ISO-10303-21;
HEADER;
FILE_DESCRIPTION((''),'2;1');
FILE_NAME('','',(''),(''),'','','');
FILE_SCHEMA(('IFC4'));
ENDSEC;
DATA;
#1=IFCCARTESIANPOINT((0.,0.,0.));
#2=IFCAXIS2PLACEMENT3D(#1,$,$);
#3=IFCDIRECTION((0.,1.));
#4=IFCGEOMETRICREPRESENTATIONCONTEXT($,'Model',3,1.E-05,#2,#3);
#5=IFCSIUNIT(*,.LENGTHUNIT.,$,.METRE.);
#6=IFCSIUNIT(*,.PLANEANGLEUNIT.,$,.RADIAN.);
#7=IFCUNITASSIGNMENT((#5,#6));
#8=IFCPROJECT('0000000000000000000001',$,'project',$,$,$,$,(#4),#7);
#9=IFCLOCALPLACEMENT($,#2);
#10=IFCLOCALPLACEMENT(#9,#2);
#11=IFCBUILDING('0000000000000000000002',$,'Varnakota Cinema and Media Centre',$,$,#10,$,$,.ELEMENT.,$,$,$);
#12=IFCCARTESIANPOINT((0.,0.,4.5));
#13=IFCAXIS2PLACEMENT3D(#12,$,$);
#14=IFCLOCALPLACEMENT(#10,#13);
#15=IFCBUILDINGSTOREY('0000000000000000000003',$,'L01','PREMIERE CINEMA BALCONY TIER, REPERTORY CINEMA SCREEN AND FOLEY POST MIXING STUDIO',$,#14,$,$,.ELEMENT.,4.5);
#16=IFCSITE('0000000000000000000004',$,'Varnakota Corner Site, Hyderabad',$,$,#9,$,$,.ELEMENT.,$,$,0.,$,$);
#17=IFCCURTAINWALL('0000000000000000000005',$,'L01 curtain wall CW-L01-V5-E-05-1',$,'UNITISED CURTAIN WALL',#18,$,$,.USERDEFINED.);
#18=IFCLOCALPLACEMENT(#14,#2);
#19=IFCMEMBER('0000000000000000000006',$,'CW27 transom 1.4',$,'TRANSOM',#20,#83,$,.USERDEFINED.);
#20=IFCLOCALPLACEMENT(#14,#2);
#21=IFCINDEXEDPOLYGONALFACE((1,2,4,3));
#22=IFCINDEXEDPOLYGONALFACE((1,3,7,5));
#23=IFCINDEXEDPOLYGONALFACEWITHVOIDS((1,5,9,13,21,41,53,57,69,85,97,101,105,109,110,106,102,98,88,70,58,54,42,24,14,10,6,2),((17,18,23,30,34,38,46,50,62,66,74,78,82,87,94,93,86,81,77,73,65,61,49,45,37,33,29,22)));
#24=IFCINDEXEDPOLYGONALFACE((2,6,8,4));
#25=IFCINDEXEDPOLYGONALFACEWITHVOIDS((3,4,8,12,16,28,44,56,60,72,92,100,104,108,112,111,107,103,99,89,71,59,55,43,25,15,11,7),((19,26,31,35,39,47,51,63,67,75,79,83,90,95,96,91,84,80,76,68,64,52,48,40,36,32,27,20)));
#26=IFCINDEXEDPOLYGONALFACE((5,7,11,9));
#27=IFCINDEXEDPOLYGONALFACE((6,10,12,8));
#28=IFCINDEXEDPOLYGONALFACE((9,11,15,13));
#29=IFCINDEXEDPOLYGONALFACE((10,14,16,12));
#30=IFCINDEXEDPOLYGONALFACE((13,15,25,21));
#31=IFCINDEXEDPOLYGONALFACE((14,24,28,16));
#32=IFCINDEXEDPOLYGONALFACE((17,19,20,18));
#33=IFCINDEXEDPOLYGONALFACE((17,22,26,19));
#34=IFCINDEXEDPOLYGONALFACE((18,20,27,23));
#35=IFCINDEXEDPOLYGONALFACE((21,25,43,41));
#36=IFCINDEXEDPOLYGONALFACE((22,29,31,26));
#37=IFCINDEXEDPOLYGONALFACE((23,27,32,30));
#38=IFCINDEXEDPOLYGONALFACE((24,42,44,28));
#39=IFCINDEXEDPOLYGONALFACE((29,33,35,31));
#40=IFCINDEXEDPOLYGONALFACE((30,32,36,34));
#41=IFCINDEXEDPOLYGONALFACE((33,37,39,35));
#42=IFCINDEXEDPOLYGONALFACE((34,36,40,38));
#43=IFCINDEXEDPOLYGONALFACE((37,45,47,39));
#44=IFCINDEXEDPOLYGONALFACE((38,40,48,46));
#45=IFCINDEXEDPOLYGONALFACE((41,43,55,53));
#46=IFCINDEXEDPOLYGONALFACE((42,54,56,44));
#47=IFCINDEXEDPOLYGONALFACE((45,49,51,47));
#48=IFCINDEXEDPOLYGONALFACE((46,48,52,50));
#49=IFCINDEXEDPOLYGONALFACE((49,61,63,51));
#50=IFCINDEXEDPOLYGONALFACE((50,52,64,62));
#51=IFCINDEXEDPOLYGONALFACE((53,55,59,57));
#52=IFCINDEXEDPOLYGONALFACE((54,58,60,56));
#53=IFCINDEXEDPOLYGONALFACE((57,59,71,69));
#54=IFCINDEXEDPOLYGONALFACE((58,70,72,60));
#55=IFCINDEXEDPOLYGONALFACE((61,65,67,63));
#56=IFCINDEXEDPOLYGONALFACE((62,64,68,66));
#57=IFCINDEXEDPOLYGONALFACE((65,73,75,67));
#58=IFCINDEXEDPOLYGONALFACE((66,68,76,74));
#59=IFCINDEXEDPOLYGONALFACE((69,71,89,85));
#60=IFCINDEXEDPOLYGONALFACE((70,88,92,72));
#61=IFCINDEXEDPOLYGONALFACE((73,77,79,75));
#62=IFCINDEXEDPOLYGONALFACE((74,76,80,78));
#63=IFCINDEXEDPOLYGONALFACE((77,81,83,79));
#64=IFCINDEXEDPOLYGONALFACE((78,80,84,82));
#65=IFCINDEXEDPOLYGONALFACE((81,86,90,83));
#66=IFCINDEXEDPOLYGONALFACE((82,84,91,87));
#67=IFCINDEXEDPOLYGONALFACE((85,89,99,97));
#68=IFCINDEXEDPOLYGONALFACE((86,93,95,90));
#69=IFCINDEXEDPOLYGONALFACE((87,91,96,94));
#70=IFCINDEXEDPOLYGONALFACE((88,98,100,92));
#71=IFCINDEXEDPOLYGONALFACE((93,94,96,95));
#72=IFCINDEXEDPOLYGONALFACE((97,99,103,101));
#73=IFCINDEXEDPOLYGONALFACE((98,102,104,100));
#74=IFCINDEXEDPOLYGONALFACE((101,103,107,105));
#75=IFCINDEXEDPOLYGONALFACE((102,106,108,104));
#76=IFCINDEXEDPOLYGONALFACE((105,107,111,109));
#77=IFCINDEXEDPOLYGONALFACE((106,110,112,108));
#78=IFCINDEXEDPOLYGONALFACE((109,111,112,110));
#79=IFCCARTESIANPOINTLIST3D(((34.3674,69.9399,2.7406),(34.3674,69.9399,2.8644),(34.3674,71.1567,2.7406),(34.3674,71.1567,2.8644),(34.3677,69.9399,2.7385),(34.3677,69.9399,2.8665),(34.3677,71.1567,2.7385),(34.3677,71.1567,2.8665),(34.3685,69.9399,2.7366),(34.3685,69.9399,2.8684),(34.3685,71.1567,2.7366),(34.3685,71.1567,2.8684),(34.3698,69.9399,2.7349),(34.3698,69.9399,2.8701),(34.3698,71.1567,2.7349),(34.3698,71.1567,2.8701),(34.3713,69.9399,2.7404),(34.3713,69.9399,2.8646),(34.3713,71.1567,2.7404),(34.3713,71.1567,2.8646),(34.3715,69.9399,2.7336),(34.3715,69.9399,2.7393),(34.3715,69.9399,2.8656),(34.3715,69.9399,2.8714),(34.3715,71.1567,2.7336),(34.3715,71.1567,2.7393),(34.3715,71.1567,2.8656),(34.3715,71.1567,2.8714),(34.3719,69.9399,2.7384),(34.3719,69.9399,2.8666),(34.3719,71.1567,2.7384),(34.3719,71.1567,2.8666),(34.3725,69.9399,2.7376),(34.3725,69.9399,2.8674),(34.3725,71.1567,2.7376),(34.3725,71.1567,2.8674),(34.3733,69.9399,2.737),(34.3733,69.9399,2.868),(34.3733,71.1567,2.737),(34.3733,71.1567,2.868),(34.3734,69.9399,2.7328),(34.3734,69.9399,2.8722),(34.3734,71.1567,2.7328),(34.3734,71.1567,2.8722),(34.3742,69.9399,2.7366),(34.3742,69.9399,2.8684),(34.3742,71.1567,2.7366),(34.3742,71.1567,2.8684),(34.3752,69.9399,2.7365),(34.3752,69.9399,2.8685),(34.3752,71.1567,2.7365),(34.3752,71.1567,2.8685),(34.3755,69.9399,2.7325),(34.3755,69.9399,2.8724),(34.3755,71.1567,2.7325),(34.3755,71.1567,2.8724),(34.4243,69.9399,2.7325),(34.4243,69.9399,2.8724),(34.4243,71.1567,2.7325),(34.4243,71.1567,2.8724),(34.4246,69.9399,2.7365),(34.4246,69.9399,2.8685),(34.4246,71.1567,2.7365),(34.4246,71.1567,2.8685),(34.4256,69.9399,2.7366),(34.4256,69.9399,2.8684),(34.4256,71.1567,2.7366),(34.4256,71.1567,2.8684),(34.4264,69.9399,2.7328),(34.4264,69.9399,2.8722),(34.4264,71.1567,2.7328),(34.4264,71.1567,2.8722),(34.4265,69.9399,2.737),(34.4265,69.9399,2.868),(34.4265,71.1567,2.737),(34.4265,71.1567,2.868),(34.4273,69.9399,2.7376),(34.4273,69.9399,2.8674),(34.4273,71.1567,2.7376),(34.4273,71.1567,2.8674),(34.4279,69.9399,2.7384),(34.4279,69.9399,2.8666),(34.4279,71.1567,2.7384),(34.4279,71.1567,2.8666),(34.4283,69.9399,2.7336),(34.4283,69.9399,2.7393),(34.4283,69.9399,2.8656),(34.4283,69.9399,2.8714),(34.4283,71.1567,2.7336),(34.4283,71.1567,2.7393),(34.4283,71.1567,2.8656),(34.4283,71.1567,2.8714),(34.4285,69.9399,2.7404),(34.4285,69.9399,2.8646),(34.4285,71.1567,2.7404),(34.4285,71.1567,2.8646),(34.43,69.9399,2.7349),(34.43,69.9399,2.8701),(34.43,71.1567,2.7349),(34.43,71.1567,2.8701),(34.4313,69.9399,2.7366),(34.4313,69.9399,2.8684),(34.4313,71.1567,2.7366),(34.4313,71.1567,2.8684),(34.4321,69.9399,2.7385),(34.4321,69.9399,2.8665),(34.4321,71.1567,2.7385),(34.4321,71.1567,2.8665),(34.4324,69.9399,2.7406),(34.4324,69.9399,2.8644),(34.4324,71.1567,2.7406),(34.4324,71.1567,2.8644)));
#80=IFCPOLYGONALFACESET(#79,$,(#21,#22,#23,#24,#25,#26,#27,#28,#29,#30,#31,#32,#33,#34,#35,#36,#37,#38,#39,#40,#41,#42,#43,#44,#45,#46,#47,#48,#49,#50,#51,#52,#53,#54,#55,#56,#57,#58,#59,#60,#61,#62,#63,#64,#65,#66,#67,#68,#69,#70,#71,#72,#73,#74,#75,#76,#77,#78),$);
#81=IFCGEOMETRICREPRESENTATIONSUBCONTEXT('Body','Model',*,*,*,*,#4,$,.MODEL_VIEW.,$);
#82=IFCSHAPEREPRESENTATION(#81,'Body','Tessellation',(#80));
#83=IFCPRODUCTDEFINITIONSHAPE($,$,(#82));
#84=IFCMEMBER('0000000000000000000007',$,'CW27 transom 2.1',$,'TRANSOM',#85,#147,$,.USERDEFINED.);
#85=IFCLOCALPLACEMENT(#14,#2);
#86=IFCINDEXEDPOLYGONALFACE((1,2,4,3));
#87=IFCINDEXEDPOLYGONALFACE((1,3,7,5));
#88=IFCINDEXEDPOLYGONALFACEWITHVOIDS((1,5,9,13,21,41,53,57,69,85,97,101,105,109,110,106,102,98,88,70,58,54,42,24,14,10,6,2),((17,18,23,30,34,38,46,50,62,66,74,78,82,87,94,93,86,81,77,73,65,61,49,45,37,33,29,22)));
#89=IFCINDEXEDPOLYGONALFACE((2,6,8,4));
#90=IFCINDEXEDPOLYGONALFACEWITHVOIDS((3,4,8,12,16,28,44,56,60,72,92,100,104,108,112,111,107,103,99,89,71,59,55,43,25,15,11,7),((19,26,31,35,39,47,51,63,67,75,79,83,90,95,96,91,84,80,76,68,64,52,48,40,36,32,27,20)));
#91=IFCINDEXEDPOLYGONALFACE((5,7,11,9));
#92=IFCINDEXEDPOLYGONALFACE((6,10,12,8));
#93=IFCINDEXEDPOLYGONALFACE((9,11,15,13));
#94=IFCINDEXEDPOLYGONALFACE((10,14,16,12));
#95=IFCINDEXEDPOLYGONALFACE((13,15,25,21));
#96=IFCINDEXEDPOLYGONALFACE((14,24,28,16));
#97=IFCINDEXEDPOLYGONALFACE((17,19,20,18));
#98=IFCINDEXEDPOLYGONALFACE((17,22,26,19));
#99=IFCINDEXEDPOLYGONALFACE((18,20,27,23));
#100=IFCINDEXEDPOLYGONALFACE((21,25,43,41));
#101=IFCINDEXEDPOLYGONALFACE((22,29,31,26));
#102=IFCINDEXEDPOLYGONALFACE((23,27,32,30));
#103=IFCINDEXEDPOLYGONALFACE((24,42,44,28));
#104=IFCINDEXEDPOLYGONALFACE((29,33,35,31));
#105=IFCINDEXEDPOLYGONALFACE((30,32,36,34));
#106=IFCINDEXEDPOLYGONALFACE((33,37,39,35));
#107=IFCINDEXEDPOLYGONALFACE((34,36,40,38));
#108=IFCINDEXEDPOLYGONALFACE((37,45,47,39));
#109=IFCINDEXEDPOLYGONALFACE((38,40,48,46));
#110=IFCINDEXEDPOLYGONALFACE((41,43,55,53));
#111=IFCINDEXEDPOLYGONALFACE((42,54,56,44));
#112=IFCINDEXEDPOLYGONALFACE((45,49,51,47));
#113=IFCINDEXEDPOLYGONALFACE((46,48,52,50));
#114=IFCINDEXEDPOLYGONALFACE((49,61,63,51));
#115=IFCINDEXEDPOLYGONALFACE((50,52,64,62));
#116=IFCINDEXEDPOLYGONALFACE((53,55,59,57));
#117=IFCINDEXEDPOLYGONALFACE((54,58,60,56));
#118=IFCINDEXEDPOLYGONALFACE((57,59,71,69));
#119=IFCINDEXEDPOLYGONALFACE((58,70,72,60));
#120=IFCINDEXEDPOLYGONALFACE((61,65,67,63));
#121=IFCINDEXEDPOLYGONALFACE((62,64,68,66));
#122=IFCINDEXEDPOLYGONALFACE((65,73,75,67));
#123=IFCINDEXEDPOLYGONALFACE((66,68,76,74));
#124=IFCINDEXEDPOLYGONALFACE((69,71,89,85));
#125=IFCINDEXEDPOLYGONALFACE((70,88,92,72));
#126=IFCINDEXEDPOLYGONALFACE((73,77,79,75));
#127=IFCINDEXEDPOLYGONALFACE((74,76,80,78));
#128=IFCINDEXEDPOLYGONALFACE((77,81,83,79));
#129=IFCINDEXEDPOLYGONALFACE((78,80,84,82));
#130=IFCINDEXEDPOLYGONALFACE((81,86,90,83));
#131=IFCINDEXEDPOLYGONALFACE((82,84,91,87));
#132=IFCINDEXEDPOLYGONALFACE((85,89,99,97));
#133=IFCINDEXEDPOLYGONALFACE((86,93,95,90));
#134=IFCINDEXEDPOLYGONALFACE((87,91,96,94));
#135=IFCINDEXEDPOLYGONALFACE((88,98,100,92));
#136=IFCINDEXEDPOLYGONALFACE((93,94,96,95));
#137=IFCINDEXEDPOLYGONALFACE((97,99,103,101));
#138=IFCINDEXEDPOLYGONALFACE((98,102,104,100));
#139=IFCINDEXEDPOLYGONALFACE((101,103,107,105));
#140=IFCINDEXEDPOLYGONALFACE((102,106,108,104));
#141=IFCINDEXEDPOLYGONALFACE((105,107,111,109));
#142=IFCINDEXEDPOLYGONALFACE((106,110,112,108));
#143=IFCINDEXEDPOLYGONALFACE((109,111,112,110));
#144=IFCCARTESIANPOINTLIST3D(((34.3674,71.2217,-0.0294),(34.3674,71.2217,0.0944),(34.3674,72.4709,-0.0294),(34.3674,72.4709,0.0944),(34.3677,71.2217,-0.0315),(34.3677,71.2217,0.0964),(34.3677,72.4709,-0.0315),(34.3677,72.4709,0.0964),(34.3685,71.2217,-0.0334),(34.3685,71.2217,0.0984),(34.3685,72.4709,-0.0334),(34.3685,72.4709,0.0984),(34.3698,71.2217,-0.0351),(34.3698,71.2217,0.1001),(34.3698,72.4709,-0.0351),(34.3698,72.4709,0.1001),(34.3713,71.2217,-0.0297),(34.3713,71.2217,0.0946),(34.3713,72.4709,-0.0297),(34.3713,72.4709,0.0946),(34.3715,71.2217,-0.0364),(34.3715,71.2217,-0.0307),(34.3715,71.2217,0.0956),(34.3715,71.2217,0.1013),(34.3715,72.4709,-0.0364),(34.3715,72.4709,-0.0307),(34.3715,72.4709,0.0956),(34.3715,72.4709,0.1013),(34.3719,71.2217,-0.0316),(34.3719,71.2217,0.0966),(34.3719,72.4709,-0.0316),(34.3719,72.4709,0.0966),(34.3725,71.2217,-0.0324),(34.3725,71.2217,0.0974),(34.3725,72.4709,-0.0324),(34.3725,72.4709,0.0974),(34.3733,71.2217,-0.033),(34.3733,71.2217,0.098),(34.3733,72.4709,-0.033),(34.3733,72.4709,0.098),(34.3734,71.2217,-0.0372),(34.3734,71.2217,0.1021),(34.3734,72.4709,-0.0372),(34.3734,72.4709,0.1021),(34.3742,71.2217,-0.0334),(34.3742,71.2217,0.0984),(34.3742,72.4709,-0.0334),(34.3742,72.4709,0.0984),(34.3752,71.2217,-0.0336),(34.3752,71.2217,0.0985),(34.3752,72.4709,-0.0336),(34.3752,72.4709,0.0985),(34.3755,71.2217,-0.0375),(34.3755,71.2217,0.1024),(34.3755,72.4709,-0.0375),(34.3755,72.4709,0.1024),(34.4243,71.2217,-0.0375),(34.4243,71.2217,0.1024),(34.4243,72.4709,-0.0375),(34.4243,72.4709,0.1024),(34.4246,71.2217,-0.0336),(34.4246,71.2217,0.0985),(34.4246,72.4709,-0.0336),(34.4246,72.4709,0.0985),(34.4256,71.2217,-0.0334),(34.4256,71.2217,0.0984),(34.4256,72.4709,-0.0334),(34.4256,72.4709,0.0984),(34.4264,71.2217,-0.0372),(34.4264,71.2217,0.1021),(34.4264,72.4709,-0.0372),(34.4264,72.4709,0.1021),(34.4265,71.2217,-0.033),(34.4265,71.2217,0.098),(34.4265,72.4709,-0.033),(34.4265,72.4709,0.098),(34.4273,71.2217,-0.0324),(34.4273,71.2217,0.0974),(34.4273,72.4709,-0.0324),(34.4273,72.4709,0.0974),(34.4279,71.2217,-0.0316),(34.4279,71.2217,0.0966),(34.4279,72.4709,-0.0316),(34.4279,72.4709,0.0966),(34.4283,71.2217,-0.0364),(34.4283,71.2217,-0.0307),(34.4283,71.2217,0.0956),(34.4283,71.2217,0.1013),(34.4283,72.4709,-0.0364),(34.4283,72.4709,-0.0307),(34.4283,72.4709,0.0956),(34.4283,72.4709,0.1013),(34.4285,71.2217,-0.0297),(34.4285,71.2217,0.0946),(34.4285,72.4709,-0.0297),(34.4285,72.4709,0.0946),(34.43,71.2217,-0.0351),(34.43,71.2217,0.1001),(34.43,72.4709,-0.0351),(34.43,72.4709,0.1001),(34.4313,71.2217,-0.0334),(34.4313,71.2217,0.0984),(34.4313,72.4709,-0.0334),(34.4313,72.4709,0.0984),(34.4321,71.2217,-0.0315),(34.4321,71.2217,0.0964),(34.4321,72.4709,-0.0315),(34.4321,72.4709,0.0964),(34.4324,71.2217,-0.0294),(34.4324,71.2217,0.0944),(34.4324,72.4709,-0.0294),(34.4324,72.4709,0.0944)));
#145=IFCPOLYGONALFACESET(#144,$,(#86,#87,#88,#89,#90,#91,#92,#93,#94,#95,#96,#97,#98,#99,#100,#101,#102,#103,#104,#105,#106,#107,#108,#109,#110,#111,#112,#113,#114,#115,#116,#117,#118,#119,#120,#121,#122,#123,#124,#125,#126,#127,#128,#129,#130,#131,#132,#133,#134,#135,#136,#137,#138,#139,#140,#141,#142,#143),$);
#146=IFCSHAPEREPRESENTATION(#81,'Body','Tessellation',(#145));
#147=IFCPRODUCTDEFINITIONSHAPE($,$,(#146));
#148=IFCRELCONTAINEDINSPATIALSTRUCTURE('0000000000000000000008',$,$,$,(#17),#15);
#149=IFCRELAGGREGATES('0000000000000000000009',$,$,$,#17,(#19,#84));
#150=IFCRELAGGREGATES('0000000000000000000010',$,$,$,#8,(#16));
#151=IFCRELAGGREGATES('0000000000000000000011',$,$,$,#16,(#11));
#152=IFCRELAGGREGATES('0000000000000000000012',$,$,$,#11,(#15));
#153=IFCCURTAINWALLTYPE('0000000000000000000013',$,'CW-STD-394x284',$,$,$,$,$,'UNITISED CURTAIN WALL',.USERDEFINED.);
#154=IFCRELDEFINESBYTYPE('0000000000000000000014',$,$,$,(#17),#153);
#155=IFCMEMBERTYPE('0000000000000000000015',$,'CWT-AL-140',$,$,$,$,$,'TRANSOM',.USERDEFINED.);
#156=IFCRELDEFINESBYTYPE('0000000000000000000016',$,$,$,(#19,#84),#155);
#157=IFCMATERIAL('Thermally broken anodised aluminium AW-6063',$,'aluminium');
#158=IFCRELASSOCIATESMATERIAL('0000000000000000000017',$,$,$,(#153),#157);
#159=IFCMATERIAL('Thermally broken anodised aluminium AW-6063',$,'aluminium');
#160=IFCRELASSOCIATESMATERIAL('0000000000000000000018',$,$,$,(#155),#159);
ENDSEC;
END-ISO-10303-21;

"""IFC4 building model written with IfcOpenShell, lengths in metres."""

from ifc_helpers import new_model, si_unit, direction, frame, origin, origin_2d, place, context, subcontext, project, spatial, hollow_rectangle, extrude, material, material_profile, profile_set, type_object, element, aggregate, save


model = new_model("IFC4")

# Units and contexts
model_context = context("Model", 3, precision=1e-05, world=origin(), true_north=direction((0.0, 1.0)))
body_context = subcontext(model_context, "Body", "Model", "MODEL_VIEW")
ifc_project = project(units=[si_unit("LENGTHUNIT", "METRE"), si_unit("PLANEANGLEUNIT", "RADIAN")], contexts=[model_context])

# Site, building, storey
site_placement = place(None, origin())
site = spatial("IfcSite", under=ifc_project, at=site_placement, Name="Varnakota Corner Site, Hyderabad", CompositionType="ELEMENT", RefElevation=0.0)
building_placement = place(site_placement, origin())
building = spatial("IfcBuilding", under=site, at=building_placement, Name="Varnakota Cinema and Media Centre", CompositionType="ELEMENT")
storey_placement = place(building_placement, frame((0.0, 0.0, 4.5)))
storey = spatial("IfcBuildingStorey", under=building, at=storey_placement, Name="L01", Description="PREMIERE CINEMA BALCONY TIER, REPERTORY CINEMA SCREEN AND FOLEY POST MIXING STUDIO", CompositionType="ELEMENT", Elevation=4.5)

# Curtain wall, members
ifc_material_1 = material(Name="Thermally broken anodised aluminium AW-6063", Category="aluminium")
curtain_wall_type = type_object("IfcCurtainWallType", Name="CW-STD-394x284", ElementType="UNITISED CURTAIN WALL", PredefinedType="USERDEFINED", material=ifc_material_1)
curtain_wall_placement = place(storey_placement, origin())
curtain_wall = element("IfcCurtainWall", 1, at=curtain_wall_placement, inside=storey, type_object=curtain_wall_type, Name="L01 curtain wall CW-L01-V5-E-05-1", ObjectType="UNITISED CURTAIN WALL", PredefinedType="USERDEFINED")
ifc_material_2 = material(Name="Thermally broken anodised aluminium AW-6063", Category="aluminium")
ifc_material_profile_1 = material_profile(ifc_material_2, hollow_rectangle(XDim=0.0649, YDim=0.1399, WallThickness=0.0039, InnerFilletRadius=0.0039, OuterFilletRadius=0.0081, at=origin_2d()), Name="AL-TRANSOM 140x65x4")
ifc_profile_set_1 = profile_set([ifc_material_profile_1], Name="Thermally broken anodised aluminium AW-6063")
member_type_1 = type_object("IfcMemberType", Name="CWT-AL-140", ElementType="TRANSOM", PredefinedType="USERDEFINED", material=ifc_profile_set_1)
member_1_placement = place(storey_placement, frame((34.3999, 69.9399, 2.8025), z_axis=(0.0, 1.0, 0.0), x_axis=(-1.0, 0.0, 0.0)))
member_1 = element("IfcMember", 2, at=member_1_placement, type_object=member_type_1, Name="CW27 transom 1.4", ObjectType="TRANSOM", PredefinedType="USERDEFINED", context=body_context, shape_type="SweptSolid", body=[
    extrude(hollow_rectangle(XDim=0.0649, YDim=0.1399, WallThickness=0.0039, InnerFilletRadius=0.0039, OuterFilletRadius=0.0081, at=origin_2d()), origin(), (0.0, 0.0, 1.0), 1.2168),
])
member_2_placement = place(storey_placement, frame((34.3999, 71.2217, 0.0325), z_axis=(0.0, 1.0, 0.0), x_axis=(-1.0, 0.0, 0.0)))
member_2 = element("IfcMember", 3, at=member_2_placement, type_object=member_type_1, Name="CW27 transom 2.1", ObjectType="TRANSOM", PredefinedType="USERDEFINED", context=body_context, shape_type="SweptSolid", body=[
    extrude(hollow_rectangle(XDim=0.0649, YDim=0.1399, WallThickness=0.0039, InnerFilletRadius=0.0039, OuterFilletRadius=0.0081, at=origin_2d()), origin(), (0.0, 0.0, 1.0), 1.2493),
])
aggregate(curtain_wall, [member_1, member_2])

save(model, "model.ifc")
